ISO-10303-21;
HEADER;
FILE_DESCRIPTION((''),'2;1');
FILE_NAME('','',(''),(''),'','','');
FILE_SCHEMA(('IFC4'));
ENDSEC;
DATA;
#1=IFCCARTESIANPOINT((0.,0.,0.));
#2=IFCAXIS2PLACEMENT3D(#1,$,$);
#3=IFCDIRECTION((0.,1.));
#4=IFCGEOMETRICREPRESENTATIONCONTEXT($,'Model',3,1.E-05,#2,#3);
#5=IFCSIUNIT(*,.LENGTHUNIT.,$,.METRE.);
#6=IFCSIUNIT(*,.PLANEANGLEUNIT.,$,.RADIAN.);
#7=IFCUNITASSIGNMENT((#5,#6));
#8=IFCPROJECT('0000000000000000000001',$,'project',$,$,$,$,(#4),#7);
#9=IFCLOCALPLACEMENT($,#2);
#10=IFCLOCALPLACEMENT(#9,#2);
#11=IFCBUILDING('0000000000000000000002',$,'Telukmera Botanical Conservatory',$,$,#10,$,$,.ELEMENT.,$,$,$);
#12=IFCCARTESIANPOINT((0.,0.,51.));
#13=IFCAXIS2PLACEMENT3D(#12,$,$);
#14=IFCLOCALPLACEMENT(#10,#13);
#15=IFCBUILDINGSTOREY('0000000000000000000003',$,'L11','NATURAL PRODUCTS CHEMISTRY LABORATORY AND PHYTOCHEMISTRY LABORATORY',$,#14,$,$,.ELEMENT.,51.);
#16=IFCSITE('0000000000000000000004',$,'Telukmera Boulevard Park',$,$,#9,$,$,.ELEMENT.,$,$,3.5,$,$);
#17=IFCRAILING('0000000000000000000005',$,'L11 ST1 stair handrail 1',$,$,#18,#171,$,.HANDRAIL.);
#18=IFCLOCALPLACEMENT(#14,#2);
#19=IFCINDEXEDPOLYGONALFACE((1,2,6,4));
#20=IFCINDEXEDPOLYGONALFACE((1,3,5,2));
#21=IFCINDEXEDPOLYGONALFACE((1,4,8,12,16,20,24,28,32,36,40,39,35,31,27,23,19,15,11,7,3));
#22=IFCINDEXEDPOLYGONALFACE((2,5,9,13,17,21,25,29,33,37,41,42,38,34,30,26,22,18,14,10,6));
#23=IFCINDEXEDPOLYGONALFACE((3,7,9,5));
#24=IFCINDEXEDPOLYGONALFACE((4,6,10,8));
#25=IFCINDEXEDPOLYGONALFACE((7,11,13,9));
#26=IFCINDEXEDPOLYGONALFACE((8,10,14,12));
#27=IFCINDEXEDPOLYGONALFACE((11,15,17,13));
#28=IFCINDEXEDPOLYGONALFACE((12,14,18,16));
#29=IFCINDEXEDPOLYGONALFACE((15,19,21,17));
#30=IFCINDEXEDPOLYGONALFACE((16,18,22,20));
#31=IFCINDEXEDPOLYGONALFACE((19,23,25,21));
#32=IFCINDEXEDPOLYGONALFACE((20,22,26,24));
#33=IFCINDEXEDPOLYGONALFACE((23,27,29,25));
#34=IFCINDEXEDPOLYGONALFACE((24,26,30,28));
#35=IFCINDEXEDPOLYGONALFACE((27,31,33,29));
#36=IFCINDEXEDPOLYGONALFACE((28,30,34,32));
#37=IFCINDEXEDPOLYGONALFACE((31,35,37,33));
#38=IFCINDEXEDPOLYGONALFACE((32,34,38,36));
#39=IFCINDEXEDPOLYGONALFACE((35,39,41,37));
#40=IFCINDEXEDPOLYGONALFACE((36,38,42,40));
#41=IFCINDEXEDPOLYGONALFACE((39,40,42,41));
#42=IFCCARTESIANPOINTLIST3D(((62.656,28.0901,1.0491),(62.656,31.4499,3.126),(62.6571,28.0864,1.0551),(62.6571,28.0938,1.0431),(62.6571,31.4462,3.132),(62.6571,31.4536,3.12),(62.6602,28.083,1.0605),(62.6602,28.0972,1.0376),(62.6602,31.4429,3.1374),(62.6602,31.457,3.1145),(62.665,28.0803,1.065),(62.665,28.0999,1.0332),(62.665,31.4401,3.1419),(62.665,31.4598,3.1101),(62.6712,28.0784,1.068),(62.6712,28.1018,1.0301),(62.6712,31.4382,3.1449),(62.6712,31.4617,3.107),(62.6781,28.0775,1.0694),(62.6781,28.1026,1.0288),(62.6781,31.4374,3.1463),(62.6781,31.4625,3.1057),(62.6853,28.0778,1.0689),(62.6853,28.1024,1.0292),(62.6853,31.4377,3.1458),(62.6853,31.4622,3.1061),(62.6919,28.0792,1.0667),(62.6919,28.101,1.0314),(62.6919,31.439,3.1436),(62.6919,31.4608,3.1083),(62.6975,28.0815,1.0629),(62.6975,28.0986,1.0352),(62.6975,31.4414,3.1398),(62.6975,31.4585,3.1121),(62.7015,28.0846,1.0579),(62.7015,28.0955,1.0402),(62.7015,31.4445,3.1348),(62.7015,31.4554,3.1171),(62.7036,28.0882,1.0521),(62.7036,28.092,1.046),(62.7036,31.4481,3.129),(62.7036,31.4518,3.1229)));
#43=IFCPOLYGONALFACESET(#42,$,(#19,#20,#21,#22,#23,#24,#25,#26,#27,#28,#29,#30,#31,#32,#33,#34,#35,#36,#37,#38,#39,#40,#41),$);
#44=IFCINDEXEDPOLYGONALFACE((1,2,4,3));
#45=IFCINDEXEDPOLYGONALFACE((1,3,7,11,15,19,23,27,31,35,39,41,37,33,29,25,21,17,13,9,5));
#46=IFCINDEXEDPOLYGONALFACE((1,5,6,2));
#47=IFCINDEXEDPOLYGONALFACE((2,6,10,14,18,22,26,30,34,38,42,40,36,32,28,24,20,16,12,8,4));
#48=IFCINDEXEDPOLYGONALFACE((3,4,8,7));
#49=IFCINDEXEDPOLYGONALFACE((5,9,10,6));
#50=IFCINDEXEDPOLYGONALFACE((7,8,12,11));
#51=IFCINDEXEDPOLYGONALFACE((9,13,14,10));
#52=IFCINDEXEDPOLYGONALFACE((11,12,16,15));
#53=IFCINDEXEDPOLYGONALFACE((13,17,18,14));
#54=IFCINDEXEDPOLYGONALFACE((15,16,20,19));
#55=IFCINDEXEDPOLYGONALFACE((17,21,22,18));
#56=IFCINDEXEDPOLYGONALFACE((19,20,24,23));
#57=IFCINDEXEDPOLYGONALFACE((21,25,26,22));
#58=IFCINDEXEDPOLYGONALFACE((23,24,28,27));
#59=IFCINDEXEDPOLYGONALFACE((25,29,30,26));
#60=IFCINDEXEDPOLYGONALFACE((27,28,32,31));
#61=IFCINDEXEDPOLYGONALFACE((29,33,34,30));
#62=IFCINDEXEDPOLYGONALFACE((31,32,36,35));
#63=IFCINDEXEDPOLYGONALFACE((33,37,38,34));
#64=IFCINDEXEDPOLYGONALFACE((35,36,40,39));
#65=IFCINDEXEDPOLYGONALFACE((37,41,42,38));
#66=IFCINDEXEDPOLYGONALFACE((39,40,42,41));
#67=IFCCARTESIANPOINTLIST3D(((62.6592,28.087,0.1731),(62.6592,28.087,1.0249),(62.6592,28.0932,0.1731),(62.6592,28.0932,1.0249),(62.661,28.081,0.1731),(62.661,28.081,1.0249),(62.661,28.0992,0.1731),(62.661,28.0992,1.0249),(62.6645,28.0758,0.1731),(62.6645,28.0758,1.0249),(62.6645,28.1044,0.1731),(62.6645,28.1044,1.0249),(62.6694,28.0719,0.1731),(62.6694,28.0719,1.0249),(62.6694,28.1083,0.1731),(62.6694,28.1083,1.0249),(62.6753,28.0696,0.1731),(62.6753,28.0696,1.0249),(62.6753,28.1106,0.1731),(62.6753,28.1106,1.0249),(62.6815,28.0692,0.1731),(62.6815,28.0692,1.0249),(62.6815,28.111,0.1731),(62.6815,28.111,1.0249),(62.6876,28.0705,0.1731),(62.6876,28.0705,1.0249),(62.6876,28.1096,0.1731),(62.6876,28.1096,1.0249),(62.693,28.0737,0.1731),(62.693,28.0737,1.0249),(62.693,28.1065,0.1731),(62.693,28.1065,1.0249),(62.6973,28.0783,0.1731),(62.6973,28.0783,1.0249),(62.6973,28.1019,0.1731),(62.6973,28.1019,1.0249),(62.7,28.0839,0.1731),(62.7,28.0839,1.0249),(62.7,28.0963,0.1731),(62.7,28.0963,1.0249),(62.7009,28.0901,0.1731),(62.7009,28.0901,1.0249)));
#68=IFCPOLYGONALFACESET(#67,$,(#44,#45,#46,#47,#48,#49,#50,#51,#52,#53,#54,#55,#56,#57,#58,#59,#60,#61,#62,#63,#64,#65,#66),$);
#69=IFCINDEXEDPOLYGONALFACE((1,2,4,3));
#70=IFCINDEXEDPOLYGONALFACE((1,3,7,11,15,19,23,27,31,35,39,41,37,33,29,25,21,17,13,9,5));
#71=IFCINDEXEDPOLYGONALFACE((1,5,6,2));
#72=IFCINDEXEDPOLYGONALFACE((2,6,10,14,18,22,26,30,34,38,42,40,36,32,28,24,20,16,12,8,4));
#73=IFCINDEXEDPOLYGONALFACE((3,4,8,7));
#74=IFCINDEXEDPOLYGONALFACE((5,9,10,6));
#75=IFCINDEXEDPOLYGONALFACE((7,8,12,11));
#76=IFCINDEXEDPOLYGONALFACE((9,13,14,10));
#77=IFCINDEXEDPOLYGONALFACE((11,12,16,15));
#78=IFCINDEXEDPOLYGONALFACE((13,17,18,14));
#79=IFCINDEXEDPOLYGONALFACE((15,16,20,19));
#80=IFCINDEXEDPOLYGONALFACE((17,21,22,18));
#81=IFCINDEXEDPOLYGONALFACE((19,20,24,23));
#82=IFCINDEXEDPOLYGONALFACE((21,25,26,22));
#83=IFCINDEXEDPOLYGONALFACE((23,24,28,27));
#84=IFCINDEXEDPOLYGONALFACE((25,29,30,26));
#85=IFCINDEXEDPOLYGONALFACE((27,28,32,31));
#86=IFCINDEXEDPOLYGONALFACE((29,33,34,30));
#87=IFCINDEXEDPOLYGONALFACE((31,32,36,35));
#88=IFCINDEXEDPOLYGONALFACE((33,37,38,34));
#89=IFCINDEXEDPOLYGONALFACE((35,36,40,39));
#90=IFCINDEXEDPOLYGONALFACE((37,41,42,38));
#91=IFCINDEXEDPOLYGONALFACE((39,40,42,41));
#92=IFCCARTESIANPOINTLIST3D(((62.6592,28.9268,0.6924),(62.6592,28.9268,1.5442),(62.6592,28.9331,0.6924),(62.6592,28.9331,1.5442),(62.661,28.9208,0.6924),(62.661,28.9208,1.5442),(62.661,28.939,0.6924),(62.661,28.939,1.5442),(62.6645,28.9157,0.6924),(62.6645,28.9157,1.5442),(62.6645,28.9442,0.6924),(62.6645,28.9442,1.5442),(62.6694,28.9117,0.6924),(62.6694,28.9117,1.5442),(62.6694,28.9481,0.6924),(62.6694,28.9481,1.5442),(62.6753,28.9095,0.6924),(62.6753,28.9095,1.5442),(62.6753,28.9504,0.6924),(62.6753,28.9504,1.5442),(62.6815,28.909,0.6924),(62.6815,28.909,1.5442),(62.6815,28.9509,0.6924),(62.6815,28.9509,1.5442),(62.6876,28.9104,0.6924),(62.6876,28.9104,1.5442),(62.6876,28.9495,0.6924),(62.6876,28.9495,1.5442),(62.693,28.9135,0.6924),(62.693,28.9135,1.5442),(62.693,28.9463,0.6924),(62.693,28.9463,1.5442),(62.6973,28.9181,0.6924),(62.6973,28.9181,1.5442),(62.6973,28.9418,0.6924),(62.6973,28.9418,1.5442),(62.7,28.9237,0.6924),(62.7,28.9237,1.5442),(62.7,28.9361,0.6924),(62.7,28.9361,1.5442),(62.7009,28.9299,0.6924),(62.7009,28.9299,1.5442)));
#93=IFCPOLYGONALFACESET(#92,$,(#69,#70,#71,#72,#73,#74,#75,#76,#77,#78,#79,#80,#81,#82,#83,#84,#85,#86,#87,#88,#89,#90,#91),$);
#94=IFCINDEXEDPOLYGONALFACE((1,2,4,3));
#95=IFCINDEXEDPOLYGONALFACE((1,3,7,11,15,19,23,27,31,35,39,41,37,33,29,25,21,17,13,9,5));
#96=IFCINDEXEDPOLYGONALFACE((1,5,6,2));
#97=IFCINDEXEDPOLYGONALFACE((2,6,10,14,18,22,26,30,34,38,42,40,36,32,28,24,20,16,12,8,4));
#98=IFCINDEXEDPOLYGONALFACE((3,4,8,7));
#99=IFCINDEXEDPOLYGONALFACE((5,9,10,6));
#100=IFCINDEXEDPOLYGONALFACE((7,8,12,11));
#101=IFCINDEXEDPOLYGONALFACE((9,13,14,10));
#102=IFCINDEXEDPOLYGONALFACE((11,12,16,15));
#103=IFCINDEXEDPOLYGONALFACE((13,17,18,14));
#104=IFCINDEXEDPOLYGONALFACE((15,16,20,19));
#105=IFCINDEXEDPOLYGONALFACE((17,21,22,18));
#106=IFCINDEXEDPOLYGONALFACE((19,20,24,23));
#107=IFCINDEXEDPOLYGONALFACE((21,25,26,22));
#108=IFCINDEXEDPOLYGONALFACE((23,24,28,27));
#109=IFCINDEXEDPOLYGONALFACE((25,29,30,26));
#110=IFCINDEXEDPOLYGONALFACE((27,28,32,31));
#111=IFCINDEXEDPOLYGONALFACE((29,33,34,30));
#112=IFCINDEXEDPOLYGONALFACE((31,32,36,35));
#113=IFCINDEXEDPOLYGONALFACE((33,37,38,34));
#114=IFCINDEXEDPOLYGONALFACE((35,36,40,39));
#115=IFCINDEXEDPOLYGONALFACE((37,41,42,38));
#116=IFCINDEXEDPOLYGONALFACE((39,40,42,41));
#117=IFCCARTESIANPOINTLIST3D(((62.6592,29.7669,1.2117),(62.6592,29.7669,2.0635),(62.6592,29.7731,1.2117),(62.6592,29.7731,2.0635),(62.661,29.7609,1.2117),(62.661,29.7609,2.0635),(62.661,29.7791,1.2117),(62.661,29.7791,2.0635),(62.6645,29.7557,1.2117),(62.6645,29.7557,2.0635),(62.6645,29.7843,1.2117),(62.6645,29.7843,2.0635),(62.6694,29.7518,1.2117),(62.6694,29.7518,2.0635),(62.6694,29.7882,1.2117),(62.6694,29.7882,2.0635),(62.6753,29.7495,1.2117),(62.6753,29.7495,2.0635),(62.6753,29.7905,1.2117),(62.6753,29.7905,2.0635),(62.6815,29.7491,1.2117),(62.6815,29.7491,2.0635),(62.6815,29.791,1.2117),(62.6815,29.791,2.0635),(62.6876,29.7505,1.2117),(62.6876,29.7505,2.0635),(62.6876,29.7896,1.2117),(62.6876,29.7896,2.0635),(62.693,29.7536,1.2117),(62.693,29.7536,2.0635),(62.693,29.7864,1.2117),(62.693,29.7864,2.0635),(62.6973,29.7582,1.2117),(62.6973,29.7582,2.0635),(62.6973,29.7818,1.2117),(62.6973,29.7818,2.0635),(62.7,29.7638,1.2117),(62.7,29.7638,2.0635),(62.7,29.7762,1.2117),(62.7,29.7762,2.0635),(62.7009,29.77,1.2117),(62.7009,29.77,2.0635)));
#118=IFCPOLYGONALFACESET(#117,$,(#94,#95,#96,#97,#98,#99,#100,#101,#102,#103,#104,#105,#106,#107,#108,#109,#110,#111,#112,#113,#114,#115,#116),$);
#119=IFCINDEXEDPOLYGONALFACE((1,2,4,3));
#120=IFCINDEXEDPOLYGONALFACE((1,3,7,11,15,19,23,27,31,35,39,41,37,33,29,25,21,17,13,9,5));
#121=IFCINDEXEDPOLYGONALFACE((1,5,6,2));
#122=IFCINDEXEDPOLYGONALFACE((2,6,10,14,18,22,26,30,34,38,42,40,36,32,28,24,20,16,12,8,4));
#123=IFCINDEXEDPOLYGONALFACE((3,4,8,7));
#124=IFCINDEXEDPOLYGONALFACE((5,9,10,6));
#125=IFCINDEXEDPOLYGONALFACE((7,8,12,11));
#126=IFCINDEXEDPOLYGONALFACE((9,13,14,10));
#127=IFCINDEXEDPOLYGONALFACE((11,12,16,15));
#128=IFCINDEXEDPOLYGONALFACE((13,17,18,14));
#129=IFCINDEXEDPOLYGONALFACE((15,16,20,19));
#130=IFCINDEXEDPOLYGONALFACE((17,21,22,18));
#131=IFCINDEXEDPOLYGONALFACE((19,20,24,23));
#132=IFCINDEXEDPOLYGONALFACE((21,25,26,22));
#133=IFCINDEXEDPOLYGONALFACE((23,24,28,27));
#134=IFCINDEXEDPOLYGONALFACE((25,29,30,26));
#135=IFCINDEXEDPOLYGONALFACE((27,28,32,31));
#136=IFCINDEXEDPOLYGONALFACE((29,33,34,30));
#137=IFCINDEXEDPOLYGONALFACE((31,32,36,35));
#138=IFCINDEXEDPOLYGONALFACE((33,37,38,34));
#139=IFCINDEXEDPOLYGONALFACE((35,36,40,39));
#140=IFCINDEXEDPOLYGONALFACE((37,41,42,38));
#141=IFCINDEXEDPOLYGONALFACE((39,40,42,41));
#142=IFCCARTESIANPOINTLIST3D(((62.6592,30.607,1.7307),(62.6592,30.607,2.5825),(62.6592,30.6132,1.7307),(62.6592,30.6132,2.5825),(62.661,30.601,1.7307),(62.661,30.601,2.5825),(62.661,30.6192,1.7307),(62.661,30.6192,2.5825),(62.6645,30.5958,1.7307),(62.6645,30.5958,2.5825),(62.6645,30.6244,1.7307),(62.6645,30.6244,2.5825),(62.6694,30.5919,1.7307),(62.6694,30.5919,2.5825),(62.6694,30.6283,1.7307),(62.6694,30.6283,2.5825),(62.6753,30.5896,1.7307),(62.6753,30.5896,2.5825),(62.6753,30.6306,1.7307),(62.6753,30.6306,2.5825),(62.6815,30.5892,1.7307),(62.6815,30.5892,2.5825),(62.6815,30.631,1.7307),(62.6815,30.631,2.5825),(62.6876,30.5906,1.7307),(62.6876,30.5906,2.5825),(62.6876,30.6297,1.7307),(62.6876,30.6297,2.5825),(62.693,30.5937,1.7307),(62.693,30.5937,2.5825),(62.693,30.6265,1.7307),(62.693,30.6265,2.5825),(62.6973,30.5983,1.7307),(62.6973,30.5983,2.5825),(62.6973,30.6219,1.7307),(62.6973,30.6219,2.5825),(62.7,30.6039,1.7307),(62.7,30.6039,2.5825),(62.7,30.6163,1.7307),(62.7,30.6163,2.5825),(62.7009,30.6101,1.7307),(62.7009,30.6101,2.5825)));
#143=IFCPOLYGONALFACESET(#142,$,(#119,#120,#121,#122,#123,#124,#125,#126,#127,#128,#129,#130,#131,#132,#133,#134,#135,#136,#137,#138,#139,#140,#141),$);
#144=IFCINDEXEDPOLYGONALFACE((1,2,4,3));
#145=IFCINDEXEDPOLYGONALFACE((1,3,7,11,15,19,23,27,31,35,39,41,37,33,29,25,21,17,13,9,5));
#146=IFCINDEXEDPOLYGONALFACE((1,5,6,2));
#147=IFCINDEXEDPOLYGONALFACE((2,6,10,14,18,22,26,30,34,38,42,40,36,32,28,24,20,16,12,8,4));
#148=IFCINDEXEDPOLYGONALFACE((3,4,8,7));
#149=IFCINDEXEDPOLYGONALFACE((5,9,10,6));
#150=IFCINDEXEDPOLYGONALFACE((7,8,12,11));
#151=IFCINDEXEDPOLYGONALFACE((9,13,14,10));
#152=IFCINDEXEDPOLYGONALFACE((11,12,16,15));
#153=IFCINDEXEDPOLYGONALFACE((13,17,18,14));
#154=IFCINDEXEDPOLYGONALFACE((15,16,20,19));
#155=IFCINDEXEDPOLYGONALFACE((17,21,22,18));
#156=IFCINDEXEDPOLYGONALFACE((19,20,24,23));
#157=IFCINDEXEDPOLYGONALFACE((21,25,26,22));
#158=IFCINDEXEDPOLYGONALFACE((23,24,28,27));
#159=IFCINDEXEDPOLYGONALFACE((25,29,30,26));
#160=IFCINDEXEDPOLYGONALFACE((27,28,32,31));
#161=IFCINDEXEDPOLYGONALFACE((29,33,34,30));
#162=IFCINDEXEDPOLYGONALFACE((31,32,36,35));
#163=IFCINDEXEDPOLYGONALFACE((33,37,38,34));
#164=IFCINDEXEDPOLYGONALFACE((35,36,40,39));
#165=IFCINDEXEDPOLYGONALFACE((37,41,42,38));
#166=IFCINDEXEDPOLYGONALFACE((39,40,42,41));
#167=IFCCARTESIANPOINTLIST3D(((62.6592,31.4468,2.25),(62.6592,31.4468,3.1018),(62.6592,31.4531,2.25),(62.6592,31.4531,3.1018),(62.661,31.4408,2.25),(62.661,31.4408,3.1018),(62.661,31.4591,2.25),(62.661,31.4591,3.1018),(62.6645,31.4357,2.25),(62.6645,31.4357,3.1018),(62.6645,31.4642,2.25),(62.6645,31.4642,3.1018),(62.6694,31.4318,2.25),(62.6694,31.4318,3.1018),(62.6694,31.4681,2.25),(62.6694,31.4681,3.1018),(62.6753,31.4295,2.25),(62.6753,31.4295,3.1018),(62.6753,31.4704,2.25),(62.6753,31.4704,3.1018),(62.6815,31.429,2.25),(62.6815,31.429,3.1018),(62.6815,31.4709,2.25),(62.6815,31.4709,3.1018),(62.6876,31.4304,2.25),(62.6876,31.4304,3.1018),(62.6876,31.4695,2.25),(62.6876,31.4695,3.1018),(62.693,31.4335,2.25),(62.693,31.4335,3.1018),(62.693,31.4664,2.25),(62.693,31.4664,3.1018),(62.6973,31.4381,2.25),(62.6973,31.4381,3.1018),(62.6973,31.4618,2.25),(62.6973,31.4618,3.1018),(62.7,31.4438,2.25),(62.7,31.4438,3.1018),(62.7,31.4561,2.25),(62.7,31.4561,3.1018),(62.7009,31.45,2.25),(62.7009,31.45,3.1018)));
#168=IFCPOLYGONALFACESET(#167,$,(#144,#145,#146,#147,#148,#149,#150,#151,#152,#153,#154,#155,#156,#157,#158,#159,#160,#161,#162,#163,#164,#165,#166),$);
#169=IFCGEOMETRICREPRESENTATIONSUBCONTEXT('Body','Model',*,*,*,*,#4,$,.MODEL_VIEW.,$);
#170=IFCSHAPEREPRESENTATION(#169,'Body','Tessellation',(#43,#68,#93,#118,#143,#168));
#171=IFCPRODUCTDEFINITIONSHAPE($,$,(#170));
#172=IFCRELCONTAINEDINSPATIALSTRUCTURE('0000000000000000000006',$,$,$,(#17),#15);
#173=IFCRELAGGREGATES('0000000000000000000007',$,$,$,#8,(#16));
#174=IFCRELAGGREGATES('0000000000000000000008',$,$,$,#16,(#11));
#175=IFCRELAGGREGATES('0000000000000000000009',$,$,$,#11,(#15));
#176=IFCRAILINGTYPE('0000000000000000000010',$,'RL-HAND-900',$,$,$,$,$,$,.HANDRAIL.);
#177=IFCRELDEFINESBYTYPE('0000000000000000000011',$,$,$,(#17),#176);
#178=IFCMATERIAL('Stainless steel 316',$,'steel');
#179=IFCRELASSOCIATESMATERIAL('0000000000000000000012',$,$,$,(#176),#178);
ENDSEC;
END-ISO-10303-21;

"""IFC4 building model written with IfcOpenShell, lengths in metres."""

from ifc_helpers import new_model, si_unit, direction, frame, origin, origin_2d, place, context, subcontext, project, spatial, circle, extrude, material, type_object, element, save


model = new_model("IFC4")

# Units and contexts
model_context = context("Model", 3, precision=1e-05, world=origin(), true_north=direction((0.0, 1.0)))
body_context = subcontext(model_context, "Body", "Model", "MODEL_VIEW")
ifc_project = project(units=[si_unit("LENGTHUNIT", "METRE"), si_unit("PLANEANGLEUNIT", "RADIAN")], contexts=[model_context])

# Site, building, storey
site_placement = place(None, origin())
site = spatial("IfcSite", under=ifc_project, at=site_placement, Name="Telukmera Boulevard Park", CompositionType="ELEMENT", RefElevation=3.5)
building_placement = place(site_placement, origin())
building = spatial("IfcBuilding", under=site, at=building_placement, Name="Telukmera Botanical Conservatory", CompositionType="ELEMENT")
storey_placement = place(building_placement, frame((0.0, 0.0, 51.0)))
storey = spatial("IfcBuildingStorey", under=building, at=storey_placement, Name="L11", Description="NATURAL PRODUCTS CHEMISTRY LABORATORY AND PHYTOCHEMISTRY LABORATORY", CompositionType="ELEMENT", Elevation=51.0)

# Railing
ifc_material_1 = material(Name="Stainless steel 316", Category="steel")
railing_type_1 = type_object("IfcRailingType", Name="RL-HAND-900", PredefinedType="HANDRAIL", material=ifc_material_1)
railing_1_placement = place(storey_placement, frame((62.6799, 28.0901, 0.1731)))
element("IfcRailing", 1, at=railing_1_placement, inside=storey, type_object=railing_type_1, Name="L11 ST1 stair handrail 1", PredefinedType="HANDRAIL", context=body_context, shape_type="SweptSolid", body=[
    extrude(circle(Radius=0.0239, at=origin_2d()), frame((0.0, 0.0, 0.876), z_axis=(0.0, 0.850606, 0.525803), x_axis=(-1.0, 0.0, 0.0)), (0.0, 0.0, 1.0), 3.95),
    extrude(circle(Radius=0.021, at=origin_2d()), origin(), (0.0, 0.0, 1.0), 0.8518),
    extrude(circle(Radius=0.021, at=origin_2d()), frame((0.0, 0.8398, 0.5193)), (0.0, 0.0, 1.0), 0.8518),
    extrude(circle(Radius=0.021, at=origin_2d()), frame((0.0, 1.6799, 1.0386)), (0.0, 0.0, 1.0), 0.8518),
    extrude(circle(Radius=0.021, at=origin_2d()), frame((0.0, 2.52, 1.5576)), (0.0, 0.0, 1.0), 0.8518),
    extrude(circle(Radius=0.021, at=origin_2d()), frame((0.0, 3.3599, 2.0769)), (0.0, 0.0, 1.0), 0.8518),
])

save(model, "model.ifc")
